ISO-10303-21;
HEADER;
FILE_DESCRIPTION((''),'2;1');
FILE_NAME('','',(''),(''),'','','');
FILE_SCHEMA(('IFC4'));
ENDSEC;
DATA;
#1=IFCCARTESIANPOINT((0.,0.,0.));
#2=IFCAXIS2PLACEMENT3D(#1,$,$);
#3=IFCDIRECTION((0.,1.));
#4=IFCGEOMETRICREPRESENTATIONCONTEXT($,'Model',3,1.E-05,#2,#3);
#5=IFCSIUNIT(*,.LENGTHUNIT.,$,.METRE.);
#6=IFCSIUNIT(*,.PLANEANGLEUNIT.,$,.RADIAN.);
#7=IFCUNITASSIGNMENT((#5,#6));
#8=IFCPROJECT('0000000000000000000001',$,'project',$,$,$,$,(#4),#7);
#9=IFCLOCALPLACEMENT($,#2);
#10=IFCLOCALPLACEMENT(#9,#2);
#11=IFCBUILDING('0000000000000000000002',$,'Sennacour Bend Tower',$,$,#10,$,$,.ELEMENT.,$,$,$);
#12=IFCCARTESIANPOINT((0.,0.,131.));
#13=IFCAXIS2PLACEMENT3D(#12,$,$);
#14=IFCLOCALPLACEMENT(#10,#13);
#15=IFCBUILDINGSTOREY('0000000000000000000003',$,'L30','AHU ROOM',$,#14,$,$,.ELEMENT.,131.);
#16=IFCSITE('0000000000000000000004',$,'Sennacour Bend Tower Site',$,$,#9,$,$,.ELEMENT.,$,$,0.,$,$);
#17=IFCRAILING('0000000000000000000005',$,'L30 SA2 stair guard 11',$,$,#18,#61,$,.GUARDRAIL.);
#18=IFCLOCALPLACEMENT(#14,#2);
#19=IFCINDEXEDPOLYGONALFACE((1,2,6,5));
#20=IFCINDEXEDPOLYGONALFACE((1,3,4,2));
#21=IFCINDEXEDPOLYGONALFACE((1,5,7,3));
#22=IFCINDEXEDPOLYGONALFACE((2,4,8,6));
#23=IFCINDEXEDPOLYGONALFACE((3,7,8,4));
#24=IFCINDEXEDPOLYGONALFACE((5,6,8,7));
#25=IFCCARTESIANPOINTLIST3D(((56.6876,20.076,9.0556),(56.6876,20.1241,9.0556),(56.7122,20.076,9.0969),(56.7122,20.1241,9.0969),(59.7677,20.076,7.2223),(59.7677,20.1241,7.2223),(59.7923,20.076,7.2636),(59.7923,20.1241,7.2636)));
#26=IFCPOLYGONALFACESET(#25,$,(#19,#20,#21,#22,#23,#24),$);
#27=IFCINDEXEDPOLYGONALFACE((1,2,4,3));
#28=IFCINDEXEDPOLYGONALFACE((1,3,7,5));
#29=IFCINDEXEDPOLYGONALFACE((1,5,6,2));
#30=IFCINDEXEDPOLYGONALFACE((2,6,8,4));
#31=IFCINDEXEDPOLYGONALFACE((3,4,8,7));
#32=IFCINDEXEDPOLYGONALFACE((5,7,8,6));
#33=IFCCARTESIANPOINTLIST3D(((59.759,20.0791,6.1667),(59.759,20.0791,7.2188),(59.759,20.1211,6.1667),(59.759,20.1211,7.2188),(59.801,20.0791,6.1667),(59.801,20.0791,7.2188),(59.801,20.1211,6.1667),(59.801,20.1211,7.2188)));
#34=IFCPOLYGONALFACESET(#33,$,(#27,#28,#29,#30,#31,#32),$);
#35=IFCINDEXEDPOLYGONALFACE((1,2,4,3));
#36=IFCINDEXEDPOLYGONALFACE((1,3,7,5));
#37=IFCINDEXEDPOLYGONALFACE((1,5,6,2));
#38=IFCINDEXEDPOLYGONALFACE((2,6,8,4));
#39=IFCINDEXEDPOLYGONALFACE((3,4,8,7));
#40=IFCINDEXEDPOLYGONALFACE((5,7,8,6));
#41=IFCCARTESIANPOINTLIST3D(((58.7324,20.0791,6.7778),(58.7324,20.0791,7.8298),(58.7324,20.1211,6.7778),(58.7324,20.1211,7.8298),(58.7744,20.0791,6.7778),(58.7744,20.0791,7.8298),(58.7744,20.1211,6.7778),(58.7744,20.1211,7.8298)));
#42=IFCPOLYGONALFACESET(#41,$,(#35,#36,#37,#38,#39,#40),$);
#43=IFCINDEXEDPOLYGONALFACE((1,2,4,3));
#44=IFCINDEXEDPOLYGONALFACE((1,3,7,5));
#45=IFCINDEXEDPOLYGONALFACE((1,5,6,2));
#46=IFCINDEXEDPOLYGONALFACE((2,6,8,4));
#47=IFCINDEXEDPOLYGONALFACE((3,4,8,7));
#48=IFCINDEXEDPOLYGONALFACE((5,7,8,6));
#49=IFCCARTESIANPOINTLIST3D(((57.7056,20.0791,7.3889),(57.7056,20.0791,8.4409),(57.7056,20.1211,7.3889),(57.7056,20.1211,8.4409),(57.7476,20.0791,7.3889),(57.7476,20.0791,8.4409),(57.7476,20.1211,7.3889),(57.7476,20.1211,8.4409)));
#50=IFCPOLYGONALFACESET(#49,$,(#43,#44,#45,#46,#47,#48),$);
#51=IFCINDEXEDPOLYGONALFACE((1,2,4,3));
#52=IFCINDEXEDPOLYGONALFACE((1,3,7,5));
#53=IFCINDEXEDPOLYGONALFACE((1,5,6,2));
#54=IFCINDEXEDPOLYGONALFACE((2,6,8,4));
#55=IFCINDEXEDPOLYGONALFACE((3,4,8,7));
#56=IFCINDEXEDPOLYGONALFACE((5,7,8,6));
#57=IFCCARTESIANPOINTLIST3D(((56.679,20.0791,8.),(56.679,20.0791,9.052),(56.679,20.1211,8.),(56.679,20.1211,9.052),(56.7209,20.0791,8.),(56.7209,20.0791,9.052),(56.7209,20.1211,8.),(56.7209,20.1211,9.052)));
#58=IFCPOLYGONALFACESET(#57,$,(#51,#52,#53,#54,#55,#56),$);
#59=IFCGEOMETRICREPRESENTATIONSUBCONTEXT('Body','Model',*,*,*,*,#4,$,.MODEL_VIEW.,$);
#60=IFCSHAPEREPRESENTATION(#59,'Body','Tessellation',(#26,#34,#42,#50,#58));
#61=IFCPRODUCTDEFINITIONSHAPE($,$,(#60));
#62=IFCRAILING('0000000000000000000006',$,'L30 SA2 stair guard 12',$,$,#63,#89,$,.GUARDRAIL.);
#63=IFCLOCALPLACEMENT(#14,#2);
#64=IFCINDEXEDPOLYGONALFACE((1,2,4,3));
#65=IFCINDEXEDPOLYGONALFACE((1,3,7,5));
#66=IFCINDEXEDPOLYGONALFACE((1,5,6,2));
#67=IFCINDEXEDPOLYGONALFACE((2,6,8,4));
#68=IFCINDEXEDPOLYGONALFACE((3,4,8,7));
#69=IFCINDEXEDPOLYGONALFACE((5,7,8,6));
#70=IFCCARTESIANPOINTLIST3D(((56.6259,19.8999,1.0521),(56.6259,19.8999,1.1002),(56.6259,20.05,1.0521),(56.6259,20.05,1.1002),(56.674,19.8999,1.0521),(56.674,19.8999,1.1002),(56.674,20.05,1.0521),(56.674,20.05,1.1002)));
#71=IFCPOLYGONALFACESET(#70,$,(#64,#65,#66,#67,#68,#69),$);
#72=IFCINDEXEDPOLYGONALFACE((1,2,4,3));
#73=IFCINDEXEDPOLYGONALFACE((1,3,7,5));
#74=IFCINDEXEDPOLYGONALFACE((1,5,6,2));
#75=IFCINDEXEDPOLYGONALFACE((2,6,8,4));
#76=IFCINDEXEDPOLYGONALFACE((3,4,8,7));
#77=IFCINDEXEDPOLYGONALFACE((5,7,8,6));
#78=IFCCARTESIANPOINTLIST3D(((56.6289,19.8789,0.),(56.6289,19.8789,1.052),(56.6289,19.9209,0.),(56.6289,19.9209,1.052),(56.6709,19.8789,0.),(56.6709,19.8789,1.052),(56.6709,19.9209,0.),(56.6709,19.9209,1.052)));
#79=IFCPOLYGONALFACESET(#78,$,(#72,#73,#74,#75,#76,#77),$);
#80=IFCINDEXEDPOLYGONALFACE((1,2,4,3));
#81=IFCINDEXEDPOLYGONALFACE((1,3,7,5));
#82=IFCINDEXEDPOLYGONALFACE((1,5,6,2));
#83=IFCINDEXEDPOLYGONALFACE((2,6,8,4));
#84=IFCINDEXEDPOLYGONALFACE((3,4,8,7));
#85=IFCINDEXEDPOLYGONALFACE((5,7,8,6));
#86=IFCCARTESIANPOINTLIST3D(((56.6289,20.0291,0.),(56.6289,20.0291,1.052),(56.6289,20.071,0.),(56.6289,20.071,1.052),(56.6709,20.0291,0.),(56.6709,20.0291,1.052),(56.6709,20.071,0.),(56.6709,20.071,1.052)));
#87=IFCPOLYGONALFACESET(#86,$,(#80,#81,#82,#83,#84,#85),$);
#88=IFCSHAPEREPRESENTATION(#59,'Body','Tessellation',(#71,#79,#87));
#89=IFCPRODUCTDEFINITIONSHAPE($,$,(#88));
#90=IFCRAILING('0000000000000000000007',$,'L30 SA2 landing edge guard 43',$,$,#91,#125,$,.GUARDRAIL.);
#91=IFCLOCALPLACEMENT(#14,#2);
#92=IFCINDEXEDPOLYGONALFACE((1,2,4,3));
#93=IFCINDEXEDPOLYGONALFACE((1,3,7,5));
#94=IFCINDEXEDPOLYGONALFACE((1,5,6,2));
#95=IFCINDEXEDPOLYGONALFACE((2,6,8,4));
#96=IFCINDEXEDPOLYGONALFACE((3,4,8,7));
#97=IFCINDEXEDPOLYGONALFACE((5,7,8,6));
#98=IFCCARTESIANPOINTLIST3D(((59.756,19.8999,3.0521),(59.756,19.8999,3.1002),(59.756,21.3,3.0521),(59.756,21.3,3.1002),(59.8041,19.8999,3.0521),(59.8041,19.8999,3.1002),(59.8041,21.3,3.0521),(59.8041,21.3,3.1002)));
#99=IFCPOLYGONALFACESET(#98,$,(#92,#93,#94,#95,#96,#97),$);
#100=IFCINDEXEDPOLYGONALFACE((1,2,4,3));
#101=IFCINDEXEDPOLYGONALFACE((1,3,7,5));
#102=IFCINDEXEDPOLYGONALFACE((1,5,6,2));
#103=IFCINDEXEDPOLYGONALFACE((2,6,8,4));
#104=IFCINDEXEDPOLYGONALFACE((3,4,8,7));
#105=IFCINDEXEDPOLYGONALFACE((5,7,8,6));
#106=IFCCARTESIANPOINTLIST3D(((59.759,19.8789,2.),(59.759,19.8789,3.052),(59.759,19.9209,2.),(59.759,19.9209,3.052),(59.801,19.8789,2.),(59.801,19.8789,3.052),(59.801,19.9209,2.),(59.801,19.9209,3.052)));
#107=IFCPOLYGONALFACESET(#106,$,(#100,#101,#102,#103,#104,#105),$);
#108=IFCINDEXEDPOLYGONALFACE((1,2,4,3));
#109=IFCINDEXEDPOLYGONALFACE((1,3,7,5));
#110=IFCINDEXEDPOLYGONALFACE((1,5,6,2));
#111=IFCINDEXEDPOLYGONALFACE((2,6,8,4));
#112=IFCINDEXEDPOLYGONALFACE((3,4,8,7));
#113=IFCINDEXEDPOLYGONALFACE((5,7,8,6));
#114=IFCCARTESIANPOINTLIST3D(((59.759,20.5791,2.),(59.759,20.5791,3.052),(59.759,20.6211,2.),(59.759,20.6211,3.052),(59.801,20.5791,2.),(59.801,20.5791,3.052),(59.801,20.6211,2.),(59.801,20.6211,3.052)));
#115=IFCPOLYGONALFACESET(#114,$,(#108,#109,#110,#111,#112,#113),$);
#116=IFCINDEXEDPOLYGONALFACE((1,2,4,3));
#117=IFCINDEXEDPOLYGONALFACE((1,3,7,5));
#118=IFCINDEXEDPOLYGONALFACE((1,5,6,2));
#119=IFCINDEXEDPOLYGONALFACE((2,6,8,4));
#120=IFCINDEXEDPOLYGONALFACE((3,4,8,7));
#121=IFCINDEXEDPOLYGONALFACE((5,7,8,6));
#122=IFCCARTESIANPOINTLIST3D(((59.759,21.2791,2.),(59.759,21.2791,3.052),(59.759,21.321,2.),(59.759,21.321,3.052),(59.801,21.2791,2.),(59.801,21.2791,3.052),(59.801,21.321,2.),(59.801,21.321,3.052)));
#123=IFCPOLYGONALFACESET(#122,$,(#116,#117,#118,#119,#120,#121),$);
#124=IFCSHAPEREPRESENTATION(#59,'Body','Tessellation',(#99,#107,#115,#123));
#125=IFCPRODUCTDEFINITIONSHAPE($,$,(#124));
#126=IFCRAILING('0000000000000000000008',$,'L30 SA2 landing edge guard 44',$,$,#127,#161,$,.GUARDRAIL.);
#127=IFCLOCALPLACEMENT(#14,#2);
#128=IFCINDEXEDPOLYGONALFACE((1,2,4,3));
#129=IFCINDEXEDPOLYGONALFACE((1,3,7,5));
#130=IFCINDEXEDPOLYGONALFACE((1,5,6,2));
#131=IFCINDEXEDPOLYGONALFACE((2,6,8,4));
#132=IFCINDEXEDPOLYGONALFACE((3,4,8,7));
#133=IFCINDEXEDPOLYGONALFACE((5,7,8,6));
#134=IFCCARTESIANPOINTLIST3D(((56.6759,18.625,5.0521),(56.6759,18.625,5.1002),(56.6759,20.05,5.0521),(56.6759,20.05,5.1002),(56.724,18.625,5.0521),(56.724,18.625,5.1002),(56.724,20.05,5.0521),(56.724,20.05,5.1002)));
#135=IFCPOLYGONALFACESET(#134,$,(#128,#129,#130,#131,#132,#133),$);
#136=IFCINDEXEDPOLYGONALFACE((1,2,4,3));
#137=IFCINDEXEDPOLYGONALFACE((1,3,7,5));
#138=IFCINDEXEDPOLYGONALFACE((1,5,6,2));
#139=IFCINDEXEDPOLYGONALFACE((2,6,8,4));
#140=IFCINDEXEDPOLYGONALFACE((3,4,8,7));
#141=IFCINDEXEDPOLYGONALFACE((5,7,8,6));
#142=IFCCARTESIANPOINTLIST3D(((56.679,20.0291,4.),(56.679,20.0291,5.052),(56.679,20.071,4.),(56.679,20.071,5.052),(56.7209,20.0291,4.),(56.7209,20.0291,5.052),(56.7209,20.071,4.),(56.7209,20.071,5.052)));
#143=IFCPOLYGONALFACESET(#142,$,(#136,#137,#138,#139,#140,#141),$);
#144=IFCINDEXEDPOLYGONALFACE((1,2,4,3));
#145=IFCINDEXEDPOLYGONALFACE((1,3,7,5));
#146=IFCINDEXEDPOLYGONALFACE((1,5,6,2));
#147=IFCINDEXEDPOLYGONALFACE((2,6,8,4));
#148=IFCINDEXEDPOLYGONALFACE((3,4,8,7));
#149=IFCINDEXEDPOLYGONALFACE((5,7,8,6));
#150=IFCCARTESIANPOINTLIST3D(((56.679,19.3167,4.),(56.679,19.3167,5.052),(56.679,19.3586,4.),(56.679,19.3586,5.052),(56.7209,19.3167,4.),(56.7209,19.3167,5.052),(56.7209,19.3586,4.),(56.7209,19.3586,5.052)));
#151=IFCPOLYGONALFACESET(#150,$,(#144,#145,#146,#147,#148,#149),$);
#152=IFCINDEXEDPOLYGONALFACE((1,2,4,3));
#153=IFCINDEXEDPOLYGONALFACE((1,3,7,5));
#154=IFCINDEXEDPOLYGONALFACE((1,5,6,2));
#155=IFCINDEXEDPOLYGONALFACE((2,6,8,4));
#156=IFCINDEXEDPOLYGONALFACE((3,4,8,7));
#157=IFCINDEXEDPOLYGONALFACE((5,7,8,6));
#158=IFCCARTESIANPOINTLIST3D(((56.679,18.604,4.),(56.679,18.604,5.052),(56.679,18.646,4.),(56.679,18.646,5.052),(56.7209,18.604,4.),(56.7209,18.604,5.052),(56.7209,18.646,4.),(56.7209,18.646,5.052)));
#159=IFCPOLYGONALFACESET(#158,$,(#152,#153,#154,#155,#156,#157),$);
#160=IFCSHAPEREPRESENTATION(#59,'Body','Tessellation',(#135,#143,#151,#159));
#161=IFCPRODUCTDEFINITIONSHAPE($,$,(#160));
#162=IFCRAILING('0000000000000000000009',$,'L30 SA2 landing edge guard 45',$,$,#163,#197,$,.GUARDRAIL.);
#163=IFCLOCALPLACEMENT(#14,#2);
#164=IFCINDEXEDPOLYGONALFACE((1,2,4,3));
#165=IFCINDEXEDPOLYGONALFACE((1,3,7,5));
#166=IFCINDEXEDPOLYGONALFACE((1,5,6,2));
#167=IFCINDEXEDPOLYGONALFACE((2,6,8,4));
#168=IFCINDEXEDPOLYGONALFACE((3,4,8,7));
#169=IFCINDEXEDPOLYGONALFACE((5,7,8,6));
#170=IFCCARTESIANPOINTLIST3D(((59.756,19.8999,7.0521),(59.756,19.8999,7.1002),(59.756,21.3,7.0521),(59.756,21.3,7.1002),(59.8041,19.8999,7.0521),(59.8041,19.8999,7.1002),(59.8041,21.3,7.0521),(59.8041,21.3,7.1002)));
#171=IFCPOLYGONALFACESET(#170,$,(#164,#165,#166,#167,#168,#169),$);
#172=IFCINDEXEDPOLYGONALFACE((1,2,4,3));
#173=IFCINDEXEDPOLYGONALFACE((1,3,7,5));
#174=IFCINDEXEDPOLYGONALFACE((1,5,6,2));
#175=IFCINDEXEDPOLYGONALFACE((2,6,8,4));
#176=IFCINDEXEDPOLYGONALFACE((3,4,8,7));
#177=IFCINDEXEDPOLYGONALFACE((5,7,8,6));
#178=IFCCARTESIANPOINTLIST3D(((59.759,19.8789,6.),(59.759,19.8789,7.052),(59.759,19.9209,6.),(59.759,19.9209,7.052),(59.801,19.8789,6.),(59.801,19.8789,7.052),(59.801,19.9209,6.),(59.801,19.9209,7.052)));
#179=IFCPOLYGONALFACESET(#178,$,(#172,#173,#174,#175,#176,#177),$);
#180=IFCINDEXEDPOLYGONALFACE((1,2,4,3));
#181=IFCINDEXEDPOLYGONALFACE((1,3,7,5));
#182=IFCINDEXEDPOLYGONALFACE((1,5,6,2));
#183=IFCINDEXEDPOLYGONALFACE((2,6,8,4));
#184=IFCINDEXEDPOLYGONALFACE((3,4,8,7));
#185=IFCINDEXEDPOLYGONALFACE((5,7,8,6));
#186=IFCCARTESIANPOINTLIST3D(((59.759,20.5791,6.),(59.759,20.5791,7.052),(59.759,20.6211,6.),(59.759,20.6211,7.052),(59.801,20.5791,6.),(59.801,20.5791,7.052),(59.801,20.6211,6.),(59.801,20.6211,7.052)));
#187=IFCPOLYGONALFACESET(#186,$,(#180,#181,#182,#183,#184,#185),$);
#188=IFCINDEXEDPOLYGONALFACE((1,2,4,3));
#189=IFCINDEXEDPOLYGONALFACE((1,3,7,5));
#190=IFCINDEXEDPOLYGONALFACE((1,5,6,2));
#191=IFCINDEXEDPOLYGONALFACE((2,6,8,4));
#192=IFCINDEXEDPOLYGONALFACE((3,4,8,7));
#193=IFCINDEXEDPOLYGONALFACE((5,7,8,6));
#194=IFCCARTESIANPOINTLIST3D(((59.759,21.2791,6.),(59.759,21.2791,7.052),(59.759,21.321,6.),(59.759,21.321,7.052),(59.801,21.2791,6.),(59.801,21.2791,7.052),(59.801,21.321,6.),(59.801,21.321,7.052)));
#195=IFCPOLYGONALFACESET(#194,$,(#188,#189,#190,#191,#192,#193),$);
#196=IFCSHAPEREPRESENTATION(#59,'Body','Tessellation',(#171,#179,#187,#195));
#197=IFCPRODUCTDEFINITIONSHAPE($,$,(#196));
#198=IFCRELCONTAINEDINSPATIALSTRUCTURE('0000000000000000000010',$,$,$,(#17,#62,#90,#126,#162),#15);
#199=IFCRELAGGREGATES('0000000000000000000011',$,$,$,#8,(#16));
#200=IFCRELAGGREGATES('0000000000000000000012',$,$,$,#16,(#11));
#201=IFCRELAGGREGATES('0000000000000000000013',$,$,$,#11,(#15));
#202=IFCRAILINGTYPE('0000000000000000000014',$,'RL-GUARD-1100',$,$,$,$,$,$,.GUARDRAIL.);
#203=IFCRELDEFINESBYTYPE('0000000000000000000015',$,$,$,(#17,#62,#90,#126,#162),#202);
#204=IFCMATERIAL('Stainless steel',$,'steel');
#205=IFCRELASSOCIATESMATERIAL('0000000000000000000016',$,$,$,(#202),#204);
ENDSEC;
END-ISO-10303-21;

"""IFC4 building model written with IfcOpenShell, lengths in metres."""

from ifc_helpers import new_model, si_unit, direction, frame, origin, origin_2d, place, context, subcontext, project, spatial, rectangle, extrude, material, type_object, element, save


model = new_model("IFC4")

# Units and contexts
model_context = context("Model", 3, precision=1e-05, world=origin(), true_north=direction((0.0, 1.0)))
body_context = subcontext(model_context, "Body", "Model", "MODEL_VIEW")
ifc_project = project(units=[si_unit("LENGTHUNIT", "METRE"), si_unit("PLANEANGLEUNIT", "RADIAN")], contexts=[model_context])

# Site, building, storey
site_placement = place(None, origin())
site = spatial("IfcSite", under=ifc_project, at=site_placement, Name="Sennacour Bend Tower Site", CompositionType="ELEMENT", RefElevation=0.0)
building_placement = place(site_placement, origin())
building = spatial("IfcBuilding", under=site, at=building_placement, Name="Sennacour Bend Tower", CompositionType="ELEMENT")
storey_placement = place(building_placement, frame((0.0, 0.0, 131.0)))
storey = spatial("IfcBuildingStorey", under=building, at=storey_placement, Name="L30", Description="AHU ROOM", CompositionType="ELEMENT", Elevation=131.0)

# Railings
ifc_material_1 = material(Name="Stainless steel", Category="steel")
railing_type_1 = type_object("IfcRailingType", Name="RL-GUARD-1100", PredefinedType="GUARDRAIL", material=ifc_material_1)
railing_1_placement = place(storey_placement, frame((59.78, 20.1001, 6.1667)))
element("IfcRailing", 1, at=railing_1_placement, inside=storey, type_object=railing_type_1, Name="L30 SA2 stair guard 11", PredefinedType="GUARDRAIL", context=body_context, shape_type="SweptSolid", body=[
    extrude(rectangle(XDim=0.0481, YDim=0.0481, at=origin_2d()), frame((0.0, 0.0, 1.0762), z_axis=(-0.859309, 0.0, 0.511458), x_axis=(0.0, -1.0, 0.0)), (0.0, 0.0, 1.0), 3.5845),
    extrude(rectangle(XDim=0.042, YDim=0.042, at=origin_2d()), origin(), (0.0, 0.0, 1.0), 1.052),
    extrude(rectangle(XDim=0.042, YDim=0.042, at=origin_2d()), frame((-1.0266, 0.0, 0.6111)), (0.0, 0.0, 1.0), 1.052),
    extrude(rectangle(XDim=0.042, YDim=0.042, at=origin_2d()), frame((-2.0535, 0.0, 1.2222)), (0.0, 0.0, 1.0), 1.052),
    extrude(rectangle(XDim=0.042, YDim=0.042, at=origin_2d()), frame((-3.0801, 0.0, 1.8333)), (0.0, 0.0, 1.0), 1.052),
])
railing_2_placement = place(storey_placement, frame((56.6499, 19.8999, 0.0)))
element("IfcRailing", 2, at=railing_2_placement, inside=storey, type_object=railing_type_1, Name="L30 SA2 stair guard 12", PredefinedType="GUARDRAIL", context=body_context, shape_type="SweptSolid", body=[
    extrude(rectangle(XDim=0.0481, YDim=0.0481, at=origin_2d()), frame((0.0, 0.0, 1.0762), z_axis=(0.0, 1.0, 0.0), x_axis=(-1.0, 0.0, 0.0)), (0.0, 0.0, 1.0), 0.1501),
    extrude(rectangle(XDim=0.042, YDim=0.042, at=origin_2d()), origin(), (0.0, 0.0, 1.0), 1.052),
    extrude(rectangle(XDim=0.042, YDim=0.042, at=origin_2d()), frame((0.0, 0.1501, 0.0)), (0.0, 0.0, 1.0), 1.052),
])
railing_3_placement = place(storey_placement, frame((59.78, 19.8999, 2.0)))
element("IfcRailing", 3, at=railing_3_placement, inside=storey, type_object=railing_type_1, Name="L30 SA2 landing edge guard 43", PredefinedType="GUARDRAIL", context=body_context, shape_type="SweptSolid", body=[
    extrude(rectangle(XDim=0.0481, YDim=0.0481, at=origin_2d()), frame((0.0, 0.0, 1.0762), z_axis=(0.0, 1.0, 0.0), x_axis=(-1.0, 0.0, 0.0)), (0.0, 0.0, 1.0), 1.4001),
    extrude(rectangle(XDim=0.042, YDim=0.042, at=origin_2d()), origin(), (0.0, 0.0, 1.0), 1.052),
    extrude(rectangle(XDim=0.042, YDim=0.042, at=origin_2d()), frame((0.0, 0.7002, 0.0)), (0.0, 0.0, 1.0), 1.052),
    extrude(rectangle(XDim=0.042, YDim=0.042, at=origin_2d()), frame((0.0, 1.4001, 0.0)), (0.0, 0.0, 1.0), 1.052),
])
railing_4_placement = place(storey_placement, frame((56.7, 20.05, 4.0)))
element("IfcRailing", 4, at=railing_4_placement, inside=storey, type_object=railing_type_1, Name="L30 SA2 landing edge guard 44", PredefinedType="GUARDRAIL", context=body_context, shape_type="SweptSolid", body=[
    extrude(rectangle(XDim=0.0481, YDim=0.0481, at=origin_2d()), frame((0.0, 0.0, 1.0762), z_axis=(0.0, -1.0, 0.0), x_axis=(1.0, 0.0, 0.0)), (0.0, 0.0, 1.0), 1.425),
    extrude(rectangle(XDim=0.042, YDim=0.042, at=origin_2d()), origin(), (0.0, 0.0, 1.0), 1.052),
    extrude(rectangle(XDim=0.042, YDim=0.042, at=origin_2d()), frame((0.0, -0.7124, 0.0)), (0.0, 0.0, 1.0), 1.052),
    extrude(rectangle(XDim=0.042, YDim=0.042, at=origin_2d()), frame((0.0, -1.425, 0.0)), (0.0, 0.0, 1.0), 1.052),
])
railing_5_placement = place(storey_placement, frame((59.78, 19.8999, 6.0)))
element("IfcRailing", 5, at=railing_5_placement, inside=storey, type_object=railing_type_1, Name="L30 SA2 landing edge guard 45", PredefinedType="GUARDRAIL", context=body_context, shape_type="SweptSolid", body=[
    extrude(rectangle(XDim=0.0481, YDim=0.0481, at=origin_2d()), frame((0.0, 0.0, 1.0762), z_axis=(0.0, 1.0, 0.0), x_axis=(-1.0, 0.0, 0.0)), (0.0, 0.0, 1.0), 1.4001),
    extrude(rectangle(XDim=0.042, YDim=0.042, at=origin_2d()), origin(), (0.0, 0.0, 1.0), 1.052),
    extrude(rectangle(XDim=0.042, YDim=0.042, at=origin_2d()), frame((0.0, 0.7002, 0.0)), (0.0, 0.0, 1.0), 1.052),
    extrude(rectangle(XDim=0.042, YDim=0.042, at=origin_2d()), frame((0.0, 1.4001, 0.0)), (0.0, 0.0, 1.0), 1.052),
])

save(model, "model.ifc")
